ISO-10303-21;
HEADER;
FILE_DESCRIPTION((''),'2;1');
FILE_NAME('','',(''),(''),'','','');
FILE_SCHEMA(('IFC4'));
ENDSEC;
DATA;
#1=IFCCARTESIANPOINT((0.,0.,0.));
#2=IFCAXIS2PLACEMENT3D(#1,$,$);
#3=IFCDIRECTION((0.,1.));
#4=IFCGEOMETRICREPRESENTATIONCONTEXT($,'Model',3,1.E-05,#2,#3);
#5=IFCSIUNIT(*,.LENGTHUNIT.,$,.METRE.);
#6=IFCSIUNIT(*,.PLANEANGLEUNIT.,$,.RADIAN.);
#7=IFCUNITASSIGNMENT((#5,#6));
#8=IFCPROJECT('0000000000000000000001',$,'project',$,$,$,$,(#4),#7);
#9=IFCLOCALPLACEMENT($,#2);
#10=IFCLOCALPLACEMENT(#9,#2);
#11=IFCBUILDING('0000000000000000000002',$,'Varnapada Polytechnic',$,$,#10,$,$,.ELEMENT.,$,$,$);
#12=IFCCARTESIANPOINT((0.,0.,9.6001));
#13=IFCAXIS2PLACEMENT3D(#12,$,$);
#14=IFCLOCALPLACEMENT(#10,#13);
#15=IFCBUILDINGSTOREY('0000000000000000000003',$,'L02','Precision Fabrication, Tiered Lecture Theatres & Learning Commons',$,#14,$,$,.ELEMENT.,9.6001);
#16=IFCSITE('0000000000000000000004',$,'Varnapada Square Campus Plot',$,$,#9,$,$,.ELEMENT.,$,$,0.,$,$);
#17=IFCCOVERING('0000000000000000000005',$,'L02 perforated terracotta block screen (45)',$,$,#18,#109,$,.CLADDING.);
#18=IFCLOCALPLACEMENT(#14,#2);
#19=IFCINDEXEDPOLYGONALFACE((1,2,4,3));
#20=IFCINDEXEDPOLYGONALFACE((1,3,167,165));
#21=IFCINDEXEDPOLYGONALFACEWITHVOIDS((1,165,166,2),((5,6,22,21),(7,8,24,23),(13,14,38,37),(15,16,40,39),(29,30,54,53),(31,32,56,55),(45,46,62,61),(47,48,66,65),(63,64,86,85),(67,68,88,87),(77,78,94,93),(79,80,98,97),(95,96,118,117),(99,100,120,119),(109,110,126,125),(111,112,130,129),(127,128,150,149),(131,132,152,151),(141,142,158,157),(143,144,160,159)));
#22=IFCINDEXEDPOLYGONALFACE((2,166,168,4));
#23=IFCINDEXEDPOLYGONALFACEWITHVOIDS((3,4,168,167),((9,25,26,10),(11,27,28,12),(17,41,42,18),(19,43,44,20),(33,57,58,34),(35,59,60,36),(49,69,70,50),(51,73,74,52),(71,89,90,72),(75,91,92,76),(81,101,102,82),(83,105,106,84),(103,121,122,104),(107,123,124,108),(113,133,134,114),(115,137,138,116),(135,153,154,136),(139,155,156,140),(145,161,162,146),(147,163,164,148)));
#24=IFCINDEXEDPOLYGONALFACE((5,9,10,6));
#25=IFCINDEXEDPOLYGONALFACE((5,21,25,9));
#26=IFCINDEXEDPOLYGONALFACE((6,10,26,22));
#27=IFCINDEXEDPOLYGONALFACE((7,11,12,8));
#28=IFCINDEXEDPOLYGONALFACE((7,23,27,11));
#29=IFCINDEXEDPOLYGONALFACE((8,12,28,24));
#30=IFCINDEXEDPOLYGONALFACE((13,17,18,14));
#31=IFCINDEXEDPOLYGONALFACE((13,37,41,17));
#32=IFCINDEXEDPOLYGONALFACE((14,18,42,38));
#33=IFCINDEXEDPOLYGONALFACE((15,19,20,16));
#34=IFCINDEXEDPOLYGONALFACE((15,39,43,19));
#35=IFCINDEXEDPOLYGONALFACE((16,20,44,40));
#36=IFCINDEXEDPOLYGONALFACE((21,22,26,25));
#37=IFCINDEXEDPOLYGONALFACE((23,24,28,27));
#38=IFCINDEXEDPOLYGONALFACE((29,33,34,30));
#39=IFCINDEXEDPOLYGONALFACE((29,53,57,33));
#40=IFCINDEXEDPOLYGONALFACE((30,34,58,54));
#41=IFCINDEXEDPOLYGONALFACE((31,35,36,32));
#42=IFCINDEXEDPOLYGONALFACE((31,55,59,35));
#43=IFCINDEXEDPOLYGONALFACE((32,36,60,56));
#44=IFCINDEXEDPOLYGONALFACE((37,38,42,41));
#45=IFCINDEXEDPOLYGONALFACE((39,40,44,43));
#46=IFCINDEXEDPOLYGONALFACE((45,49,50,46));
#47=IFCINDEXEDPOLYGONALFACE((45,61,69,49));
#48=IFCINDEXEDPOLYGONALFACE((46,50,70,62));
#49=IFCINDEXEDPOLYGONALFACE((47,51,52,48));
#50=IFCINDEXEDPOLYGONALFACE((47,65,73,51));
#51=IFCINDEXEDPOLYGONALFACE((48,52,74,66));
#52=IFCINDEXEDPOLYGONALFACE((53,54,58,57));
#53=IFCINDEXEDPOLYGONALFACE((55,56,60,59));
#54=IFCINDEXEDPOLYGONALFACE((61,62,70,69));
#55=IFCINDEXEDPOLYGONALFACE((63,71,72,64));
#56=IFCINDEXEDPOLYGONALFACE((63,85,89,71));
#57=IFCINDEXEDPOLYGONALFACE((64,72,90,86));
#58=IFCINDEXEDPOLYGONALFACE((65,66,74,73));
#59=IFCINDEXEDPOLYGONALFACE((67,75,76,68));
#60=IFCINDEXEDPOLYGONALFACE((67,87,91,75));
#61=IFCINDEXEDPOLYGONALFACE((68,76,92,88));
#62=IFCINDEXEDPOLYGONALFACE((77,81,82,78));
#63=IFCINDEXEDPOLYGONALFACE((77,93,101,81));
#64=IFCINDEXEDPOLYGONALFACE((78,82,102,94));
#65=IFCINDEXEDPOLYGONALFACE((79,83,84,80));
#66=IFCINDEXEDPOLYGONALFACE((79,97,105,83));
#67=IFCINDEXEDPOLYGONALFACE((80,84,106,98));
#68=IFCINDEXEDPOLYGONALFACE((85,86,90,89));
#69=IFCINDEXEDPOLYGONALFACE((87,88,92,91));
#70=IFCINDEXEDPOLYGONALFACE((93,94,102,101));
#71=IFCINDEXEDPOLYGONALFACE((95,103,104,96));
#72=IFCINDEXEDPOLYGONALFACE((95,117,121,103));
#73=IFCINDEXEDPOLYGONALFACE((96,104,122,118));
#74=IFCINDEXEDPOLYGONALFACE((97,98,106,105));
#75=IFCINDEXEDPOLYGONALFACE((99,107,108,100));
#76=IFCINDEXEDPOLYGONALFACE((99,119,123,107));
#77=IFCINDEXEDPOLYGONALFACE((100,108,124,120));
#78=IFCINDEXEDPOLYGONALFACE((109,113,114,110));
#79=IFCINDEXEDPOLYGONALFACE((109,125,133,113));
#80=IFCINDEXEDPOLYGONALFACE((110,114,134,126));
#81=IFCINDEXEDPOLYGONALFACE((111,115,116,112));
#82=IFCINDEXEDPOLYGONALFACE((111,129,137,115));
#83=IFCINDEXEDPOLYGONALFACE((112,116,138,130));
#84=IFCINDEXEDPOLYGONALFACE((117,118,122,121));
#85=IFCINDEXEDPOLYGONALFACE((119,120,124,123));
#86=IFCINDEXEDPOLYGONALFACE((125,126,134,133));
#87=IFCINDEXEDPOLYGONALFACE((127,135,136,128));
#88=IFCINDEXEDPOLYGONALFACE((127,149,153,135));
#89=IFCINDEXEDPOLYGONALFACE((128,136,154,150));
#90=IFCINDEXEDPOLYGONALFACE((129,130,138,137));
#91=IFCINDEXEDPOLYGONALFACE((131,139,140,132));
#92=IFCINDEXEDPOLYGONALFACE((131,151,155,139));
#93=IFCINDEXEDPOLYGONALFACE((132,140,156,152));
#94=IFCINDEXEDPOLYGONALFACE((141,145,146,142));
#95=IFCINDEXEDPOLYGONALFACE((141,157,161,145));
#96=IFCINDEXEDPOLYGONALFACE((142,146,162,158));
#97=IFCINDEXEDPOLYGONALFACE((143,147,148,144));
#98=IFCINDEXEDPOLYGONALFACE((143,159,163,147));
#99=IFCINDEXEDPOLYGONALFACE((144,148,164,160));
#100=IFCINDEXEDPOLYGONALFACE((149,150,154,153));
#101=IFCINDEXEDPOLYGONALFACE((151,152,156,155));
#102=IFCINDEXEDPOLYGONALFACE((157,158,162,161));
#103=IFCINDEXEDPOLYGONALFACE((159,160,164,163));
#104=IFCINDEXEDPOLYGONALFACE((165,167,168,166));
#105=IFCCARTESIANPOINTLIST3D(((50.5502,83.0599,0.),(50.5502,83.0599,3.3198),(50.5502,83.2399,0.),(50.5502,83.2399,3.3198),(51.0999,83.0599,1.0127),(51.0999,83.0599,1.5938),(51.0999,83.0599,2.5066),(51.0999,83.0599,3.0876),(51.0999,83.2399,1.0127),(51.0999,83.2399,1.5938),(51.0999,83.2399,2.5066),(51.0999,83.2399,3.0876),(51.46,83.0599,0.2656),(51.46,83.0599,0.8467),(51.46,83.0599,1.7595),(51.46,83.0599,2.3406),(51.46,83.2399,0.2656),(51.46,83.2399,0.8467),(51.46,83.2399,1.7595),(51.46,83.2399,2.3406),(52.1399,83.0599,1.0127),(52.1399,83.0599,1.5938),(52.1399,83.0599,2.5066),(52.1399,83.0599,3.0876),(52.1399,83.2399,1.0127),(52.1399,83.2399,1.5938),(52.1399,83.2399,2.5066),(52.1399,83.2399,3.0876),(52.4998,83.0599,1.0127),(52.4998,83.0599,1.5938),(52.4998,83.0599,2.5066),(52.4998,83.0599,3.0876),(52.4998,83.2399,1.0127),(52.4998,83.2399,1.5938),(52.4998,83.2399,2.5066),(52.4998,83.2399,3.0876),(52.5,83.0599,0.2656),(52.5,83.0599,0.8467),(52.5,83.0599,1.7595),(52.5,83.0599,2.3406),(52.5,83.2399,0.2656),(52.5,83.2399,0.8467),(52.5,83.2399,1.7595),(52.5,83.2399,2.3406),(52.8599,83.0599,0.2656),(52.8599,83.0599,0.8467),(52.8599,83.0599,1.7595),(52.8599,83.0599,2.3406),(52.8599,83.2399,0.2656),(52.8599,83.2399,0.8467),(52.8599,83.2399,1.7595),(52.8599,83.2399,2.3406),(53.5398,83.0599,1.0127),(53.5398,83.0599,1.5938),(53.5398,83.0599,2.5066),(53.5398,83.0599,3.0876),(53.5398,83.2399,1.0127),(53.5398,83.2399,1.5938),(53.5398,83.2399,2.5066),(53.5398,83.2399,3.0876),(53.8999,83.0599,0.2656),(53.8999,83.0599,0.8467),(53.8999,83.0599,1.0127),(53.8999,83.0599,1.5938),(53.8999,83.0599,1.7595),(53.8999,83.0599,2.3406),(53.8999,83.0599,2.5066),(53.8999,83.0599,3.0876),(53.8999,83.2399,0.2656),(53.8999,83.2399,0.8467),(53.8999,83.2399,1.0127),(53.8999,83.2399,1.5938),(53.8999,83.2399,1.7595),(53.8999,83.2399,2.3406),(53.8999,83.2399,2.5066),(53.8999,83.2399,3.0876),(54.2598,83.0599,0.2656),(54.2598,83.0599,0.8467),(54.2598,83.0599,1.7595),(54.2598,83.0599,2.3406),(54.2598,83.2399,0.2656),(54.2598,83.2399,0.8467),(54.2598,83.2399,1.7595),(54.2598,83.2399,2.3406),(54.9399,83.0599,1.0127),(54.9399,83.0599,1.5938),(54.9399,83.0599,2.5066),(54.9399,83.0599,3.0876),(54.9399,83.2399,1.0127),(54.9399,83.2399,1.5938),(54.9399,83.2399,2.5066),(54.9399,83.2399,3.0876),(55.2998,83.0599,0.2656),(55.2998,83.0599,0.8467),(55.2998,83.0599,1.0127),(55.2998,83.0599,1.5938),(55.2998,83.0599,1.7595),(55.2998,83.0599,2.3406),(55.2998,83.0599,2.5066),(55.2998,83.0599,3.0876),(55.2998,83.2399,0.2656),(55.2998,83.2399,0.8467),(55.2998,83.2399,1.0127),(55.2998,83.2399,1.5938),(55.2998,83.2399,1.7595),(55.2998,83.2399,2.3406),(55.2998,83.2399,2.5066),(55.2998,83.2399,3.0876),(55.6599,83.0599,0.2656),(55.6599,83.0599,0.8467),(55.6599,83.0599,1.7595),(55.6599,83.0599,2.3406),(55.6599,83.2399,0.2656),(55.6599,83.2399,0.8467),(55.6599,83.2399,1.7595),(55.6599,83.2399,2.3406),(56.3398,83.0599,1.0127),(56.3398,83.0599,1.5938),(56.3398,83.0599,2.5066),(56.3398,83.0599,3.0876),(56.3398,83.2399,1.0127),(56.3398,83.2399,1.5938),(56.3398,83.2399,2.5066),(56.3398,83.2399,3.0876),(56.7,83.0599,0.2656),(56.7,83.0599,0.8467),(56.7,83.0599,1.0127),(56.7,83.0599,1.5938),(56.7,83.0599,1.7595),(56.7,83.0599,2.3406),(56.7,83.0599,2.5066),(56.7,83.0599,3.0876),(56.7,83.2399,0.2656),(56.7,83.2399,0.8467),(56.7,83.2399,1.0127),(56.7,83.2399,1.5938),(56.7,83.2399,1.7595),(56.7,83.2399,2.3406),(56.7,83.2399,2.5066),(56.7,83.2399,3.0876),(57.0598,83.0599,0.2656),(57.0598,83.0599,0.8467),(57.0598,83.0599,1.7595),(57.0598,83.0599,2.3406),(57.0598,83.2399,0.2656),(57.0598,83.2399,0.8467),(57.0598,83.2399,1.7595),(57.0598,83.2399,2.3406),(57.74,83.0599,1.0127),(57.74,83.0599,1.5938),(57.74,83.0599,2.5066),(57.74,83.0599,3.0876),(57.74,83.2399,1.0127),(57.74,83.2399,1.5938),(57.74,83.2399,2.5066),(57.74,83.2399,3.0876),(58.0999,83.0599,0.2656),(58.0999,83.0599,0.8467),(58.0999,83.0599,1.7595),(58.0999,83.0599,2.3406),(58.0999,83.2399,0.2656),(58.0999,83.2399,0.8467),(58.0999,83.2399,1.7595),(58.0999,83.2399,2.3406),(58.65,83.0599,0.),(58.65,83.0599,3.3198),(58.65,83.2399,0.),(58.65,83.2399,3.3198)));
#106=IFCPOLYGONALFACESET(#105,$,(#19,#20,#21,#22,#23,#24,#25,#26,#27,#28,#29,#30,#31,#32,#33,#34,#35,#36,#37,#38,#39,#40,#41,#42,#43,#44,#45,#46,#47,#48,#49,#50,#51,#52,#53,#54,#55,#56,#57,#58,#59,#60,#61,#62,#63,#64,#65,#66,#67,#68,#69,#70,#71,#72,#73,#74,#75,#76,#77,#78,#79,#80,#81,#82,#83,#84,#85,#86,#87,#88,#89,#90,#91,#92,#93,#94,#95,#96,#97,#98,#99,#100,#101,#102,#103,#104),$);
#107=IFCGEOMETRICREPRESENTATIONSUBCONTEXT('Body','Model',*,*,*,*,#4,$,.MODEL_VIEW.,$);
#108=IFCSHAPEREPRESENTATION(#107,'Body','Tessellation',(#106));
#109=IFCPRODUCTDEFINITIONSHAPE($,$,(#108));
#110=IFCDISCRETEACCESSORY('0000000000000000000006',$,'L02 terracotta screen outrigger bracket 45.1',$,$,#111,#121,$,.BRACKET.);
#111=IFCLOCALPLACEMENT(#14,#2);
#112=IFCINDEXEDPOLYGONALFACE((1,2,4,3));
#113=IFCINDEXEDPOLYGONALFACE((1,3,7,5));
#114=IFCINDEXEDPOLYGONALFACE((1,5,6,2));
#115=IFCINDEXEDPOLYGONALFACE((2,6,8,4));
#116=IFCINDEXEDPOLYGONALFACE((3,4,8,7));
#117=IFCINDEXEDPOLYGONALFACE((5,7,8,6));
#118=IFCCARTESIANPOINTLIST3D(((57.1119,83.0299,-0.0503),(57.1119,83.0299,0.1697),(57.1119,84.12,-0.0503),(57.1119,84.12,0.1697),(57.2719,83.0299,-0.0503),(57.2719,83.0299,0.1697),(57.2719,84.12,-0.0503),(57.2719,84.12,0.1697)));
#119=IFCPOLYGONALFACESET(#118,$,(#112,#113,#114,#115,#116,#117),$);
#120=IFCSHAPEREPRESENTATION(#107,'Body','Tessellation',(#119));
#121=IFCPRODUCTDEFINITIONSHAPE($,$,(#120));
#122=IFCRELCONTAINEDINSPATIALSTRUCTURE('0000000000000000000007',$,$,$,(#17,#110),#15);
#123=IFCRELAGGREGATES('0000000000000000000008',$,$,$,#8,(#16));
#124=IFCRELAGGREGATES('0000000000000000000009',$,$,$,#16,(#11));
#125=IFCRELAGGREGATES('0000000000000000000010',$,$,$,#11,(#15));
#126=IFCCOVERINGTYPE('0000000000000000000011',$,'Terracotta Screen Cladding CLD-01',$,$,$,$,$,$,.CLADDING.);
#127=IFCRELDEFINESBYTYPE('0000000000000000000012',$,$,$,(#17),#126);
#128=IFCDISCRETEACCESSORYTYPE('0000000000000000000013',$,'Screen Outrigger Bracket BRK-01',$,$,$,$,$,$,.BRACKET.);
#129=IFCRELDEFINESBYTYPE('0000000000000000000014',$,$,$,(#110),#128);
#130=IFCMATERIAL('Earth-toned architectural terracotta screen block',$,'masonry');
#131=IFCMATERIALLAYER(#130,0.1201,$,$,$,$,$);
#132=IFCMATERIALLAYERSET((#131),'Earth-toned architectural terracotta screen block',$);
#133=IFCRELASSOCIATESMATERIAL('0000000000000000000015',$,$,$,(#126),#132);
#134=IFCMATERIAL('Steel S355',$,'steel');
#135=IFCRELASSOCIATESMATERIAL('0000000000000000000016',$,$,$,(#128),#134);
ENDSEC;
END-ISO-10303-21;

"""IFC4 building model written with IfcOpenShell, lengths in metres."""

from ifc_helpers import new_model, si_unit, direction, frame, frame_2d, origin, origin_2d, place, context, subcontext, project, spatial, rectangle, extrude, material, layer, layer_set, type_object, element, save


model = new_model("IFC4")

# Units and contexts
model_context = context("Model", 3, precision=1e-05, world=origin(), true_north=direction((0.0, 1.0)))
body_context = subcontext(model_context, "Body", "Model", "MODEL_VIEW")
ifc_project = project(units=[si_unit("LENGTHUNIT", "METRE"), si_unit("PLANEANGLEUNIT", "RADIAN")], contexts=[model_context])

# Site, building, storey
site_placement = place(None, origin())
site = spatial("IfcSite", under=ifc_project, at=site_placement, Name="Varnapada Square Campus Plot", CompositionType="ELEMENT", RefElevation=0.0)
building_placement = place(site_placement, origin())
building = spatial("IfcBuilding", under=site, at=building_placement, Name="Varnapada Polytechnic", CompositionType="ELEMENT")
storey_placement = place(building_placement, frame((0.0, 0.0, 9.6001)))
storey = spatial("IfcBuildingStorey", under=building, at=storey_placement, Name="L02", Description="Precision Fabrication, Tiered Lecture Theatres & Learning Commons", CompositionType="ELEMENT", Elevation=9.6001)

# Covering, openings
ifc_material_1 = material(Name="Earth-toned architectural terracotta screen block", Category="masonry")
ifc_layer_1 = layer(ifc_material_1, 0.1201)
ifc_layer_set_1 = layer_set([ifc_layer_1], Name="Earth-toned architectural terracotta screen block")
covering_type = type_object("IfcCoveringType", Name="Terracotta Screen Cladding CLD-01", PredefinedType="CLADDING", material=ifc_layer_set_1)
covering_placement = place(storey_placement, frame((58.6499, 83.1499, 0.0), z_axis=(0.0, 0.0, 1.0), x_axis=(-1.0, 0.0, 0.0)))
covering = element("IfcCovering", 1, at=covering_placement, inside=storey, type_object=covering_type, Name="L02 perforated terracotta block screen (45)", PredefinedType="CLADDING", context=body_context, shape_type="SweptSolid", body=[
    extrude(rectangle(XDim=8.0999, YDim=0.1799, at=frame_2d((4.0498, 0.0))), origin(), (0.0, 0.0, 1.0), 3.3198),
])
opening_1_placement = place(covering_placement, frame((0.55, 0.0, 0.2656)))
element("IfcOpeningElement", 2, at=opening_1_placement, cuts=covering, PredefinedType="OPENING", context=body_context, shape_type="SweptSolid", body=[
    extrude(rectangle(XDim=1.04, YDim=0.5811, at=frame_2d((0.52, 0.2905))), frame((0.0, 0.0999, 0.0), z_axis=(0.0, -1.0, 0.0), x_axis=(1.0, 0.0, 0.0)), (0.0, 0.0, 1.0), 0.2),
])
opening_2_placement = place(covering_placement, frame((1.95, 0.0, 0.2656)))
element("IfcOpeningElement", 3, at=opening_2_placement, cuts=covering, PredefinedType="OPENING", context=body_context, shape_type="SweptSolid", body=[
    extrude(rectangle(XDim=1.04, YDim=0.5811, at=frame_2d((0.52, 0.2905))), frame((0.0, 0.0999, 0.0), z_axis=(0.0, -1.0, 0.0), x_axis=(1.0, 0.0, 0.0)), (0.0, 0.0, 1.0), 0.2),
])
opening_3_placement = place(covering_placement, frame((3.3501, 0.0, 0.2656)))
element("IfcOpeningElement", 4, at=opening_3_placement, cuts=covering, PredefinedType="OPENING", context=body_context, shape_type="SweptSolid", body=[
    extrude(rectangle(XDim=1.04, YDim=0.5811, at=frame_2d((0.52, 0.2905))), frame((0.0, 0.0999, 0.0), z_axis=(0.0, -1.0, 0.0), x_axis=(1.0, 0.0, 0.0)), (0.0, 0.0, 1.0), 0.2),
])
opening_4_placement = place(covering_placement, frame((4.75, 0.0, 0.2656)))
element("IfcOpeningElement", 5, at=opening_4_placement, cuts=covering, PredefinedType="OPENING", context=body_context, shape_type="SweptSolid", body=[
    extrude(rectangle(XDim=1.04, YDim=0.5811, at=frame_2d((0.52, 0.2905))), frame((0.0, 0.0999, 0.0), z_axis=(0.0, -1.0, 0.0), x_axis=(1.0, 0.0, 0.0)), (0.0, 0.0, 1.0), 0.2),
])
opening_5_placement = place(covering_placement, frame((6.1499, 0.0, 0.2656)))
element("IfcOpeningElement", 6, at=opening_5_placement, cuts=covering, PredefinedType="OPENING", context=body_context, shape_type="SweptSolid", body=[
    extrude(rectangle(XDim=1.04, YDim=0.5811, at=frame_2d((0.52, 0.2905))), frame((0.0, 0.0999, 0.0), z_axis=(0.0, -1.0, 0.0), x_axis=(1.0, 0.0, 0.0)), (0.0, 0.0, 1.0), 0.2),
])
opening_6_placement = place(covering_placement, frame((0.9099, 0.0, 1.0127)))
element("IfcOpeningElement", 7, at=opening_6_placement, cuts=covering, PredefinedType="OPENING", context=body_context, shape_type="SweptSolid", body=[
    extrude(rectangle(XDim=1.04, YDim=0.5811, at=frame_2d((0.52, 0.2905))), frame((0.0, 0.0999, 0.0), z_axis=(0.0, -1.0, 0.0), x_axis=(1.0, 0.0, 0.0)), (0.0, 0.0, 1.0), 0.2),
])
opening_7_placement = place(covering_placement, frame((2.3101, 0.0, 1.0127)))
element("IfcOpeningElement", 8, at=opening_7_placement, cuts=covering, PredefinedType="OPENING", context=body_context, shape_type="SweptSolid", body=[
    extrude(rectangle(XDim=1.04, YDim=0.5811, at=frame_2d((0.52, 0.2905))), frame((0.0, 0.0999, 0.0), z_axis=(0.0, -1.0, 0.0), x_axis=(1.0, 0.0, 0.0)), (0.0, 0.0, 1.0), 0.2),
])
opening_8_placement = place(covering_placement, frame((3.71, 0.0, 1.0127)))
element("IfcOpeningElement", 9, at=opening_8_placement, cuts=covering, PredefinedType="OPENING", context=body_context, shape_type="SweptSolid", body=[
    extrude(rectangle(XDim=1.04, YDim=0.5811, at=frame_2d((0.52, 0.2905))), frame((0.0, 0.0999, 0.0), z_axis=(0.0, -1.0, 0.0), x_axis=(1.0, 0.0, 0.0)), (0.0, 0.0, 1.0), 0.2),
])
opening_9_placement = place(covering_placement, frame((5.1101, 0.0, 1.0127)))
element("IfcOpeningElement", 10, at=opening_9_placement, cuts=covering, PredefinedType="OPENING", context=body_context, shape_type="SweptSolid", body=[
    extrude(rectangle(XDim=1.04, YDim=0.5811, at=frame_2d((0.52, 0.2905))), frame((0.0, 0.0999, 0.0), z_axis=(0.0, -1.0, 0.0), x_axis=(1.0, 0.0, 0.0)), (0.0, 0.0, 1.0), 0.2),
])
opening_10_placement = place(covering_placement, frame((6.51, 0.0, 1.0127)))
element("IfcOpeningElement", 11, at=opening_10_placement, cuts=covering, PredefinedType="OPENING", context=body_context, shape_type="SweptSolid", body=[
    extrude(rectangle(XDim=1.04, YDim=0.5811, at=frame_2d((0.52, 0.2905))), frame((0.0, 0.0999, 0.0), z_axis=(0.0, -1.0, 0.0), x_axis=(1.0, 0.0, 0.0)), (0.0, 0.0, 1.0), 0.2),
])
opening_11_placement = place(covering_placement, frame((0.55, 0.0, 1.7595)))
element("IfcOpeningElement", 12, at=opening_11_placement, cuts=covering, PredefinedType="OPENING", context=body_context, shape_type="SweptSolid", body=[
    extrude(rectangle(XDim=1.04, YDim=0.5811, at=frame_2d((0.52, 0.2905))), frame((0.0, 0.0999, 0.0), z_axis=(0.0, -1.0, 0.0), x_axis=(1.0, 0.0, 0.0)), (0.0, 0.0, 1.0), 0.2),
])
opening_12_placement = place(covering_placement, frame((1.95, 0.0, 1.7595)))
element("IfcOpeningElement", 13, at=opening_12_placement, cuts=covering, PredefinedType="OPENING", context=body_context, shape_type="SweptSolid", body=[
    extrude(rectangle(XDim=1.04, YDim=0.5811, at=frame_2d((0.52, 0.2905))), frame((0.0, 0.0999, 0.0), z_axis=(0.0, -1.0, 0.0), x_axis=(1.0, 0.0, 0.0)), (0.0, 0.0, 1.0), 0.2),
])
opening_13_placement = place(covering_placement, frame((3.3501, 0.0, 1.7595)))
element("IfcOpeningElement", 14, at=opening_13_placement, cuts=covering, PredefinedType="OPENING", context=body_context, shape_type="SweptSolid", body=[
    extrude(rectangle(XDim=1.04, YDim=0.5811, at=frame_2d((0.52, 0.2905))), frame((0.0, 0.0999, 0.0), z_axis=(0.0, -1.0, 0.0), x_axis=(1.0, 0.0, 0.0)), (0.0, 0.0, 1.0), 0.2),
])
opening_14_placement = place(covering_placement, frame((4.75, 0.0, 1.7595)))
element("IfcOpeningElement", 15, at=opening_14_placement, cuts=covering, PredefinedType="OPENING", context=body_context, shape_type="SweptSolid", body=[
    extrude(rectangle(XDim=1.04, YDim=0.5811, at=frame_2d((0.52, 0.2905))), frame((0.0, 0.0999, 0.0), z_axis=(0.0, -1.0, 0.0), x_axis=(1.0, 0.0, 0.0)), (0.0, 0.0, 1.0), 0.2),
])
opening_15_placement = place(covering_placement, frame((6.1499, 0.0, 1.7595)))
element("IfcOpeningElement", 16, at=opening_15_placement, cuts=covering, PredefinedType="OPENING", context=body_context, shape_type="SweptSolid", body=[
    extrude(rectangle(XDim=1.04, YDim=0.5811, at=frame_2d((0.52, 0.2905))), frame((0.0, 0.0999, 0.0), z_axis=(0.0, -1.0, 0.0), x_axis=(1.0, 0.0, 0.0)), (0.0, 0.0, 1.0), 0.2),
])
opening_16_placement = place(covering_placement, frame((0.9099, 0.0, 2.5066)))
element("IfcOpeningElement", 17, at=opening_16_placement, cuts=covering, PredefinedType="OPENING", context=body_context, shape_type="SweptSolid", body=[
    extrude(rectangle(XDim=1.04, YDim=0.5811, at=frame_2d((0.52, 0.2905))), frame((0.0, 0.0999, 0.0), z_axis=(0.0, -1.0, 0.0), x_axis=(1.0, 0.0, 0.0)), (0.0, 0.0, 1.0), 0.2),
])
opening_17_placement = place(covering_placement, frame((2.3101, 0.0, 2.5066)))
element("IfcOpeningElement", 18, at=opening_17_placement, cuts=covering, PredefinedType="OPENING", context=body_context, shape_type="SweptSolid", body=[
    extrude(rectangle(XDim=1.04, YDim=0.5811, at=frame_2d((0.52, 0.2905))), frame((0.0, 0.0999, 0.0), z_axis=(0.0, -1.0, 0.0), x_axis=(1.0, 0.0, 0.0)), (0.0, 0.0, 1.0), 0.2),
])
opening_18_placement = place(covering_placement, frame((3.71, 0.0, 2.5066)))
element("IfcOpeningElement", 19, at=opening_18_placement, cuts=covering, PredefinedType="OPENING", context=body_context, shape_type="SweptSolid", body=[
    extrude(rectangle(XDim=1.04, YDim=0.5811, at=frame_2d((0.52, 0.2905))), frame((0.0, 0.0999, 0.0), z_axis=(0.0, -1.0, 0.0), x_axis=(1.0, 0.0, 0.0)), (0.0, 0.0, 1.0), 0.2),
])
opening_19_placement = place(covering_placement, frame((5.1101, 0.0, 2.5066)))
element("IfcOpeningElement", 20, at=opening_19_placement, cuts=covering, PredefinedType="OPENING", context=body_context, shape_type="SweptSolid", body=[
    extrude(rectangle(XDim=1.04, YDim=0.5811, at=frame_2d((0.52, 0.2905))), frame((0.0, 0.0999, 0.0), z_axis=(0.0, -1.0, 0.0), x_axis=(1.0, 0.0, 0.0)), (0.0, 0.0, 1.0), 0.2),
])
opening_20_placement = place(covering_placement, frame((6.51, 0.0, 2.5066)))
element("IfcOpeningElement", 21, at=opening_20_placement, cuts=covering, PredefinedType="OPENING", context=body_context, shape_type="SweptSolid", body=[
    extrude(rectangle(XDim=1.04, YDim=0.5811, at=frame_2d((0.52, 0.2905))), frame((0.0, 0.0999, 0.0), z_axis=(0.0, -1.0, 0.0), x_axis=(1.0, 0.0, 0.0)), (0.0, 0.0, 1.0), 0.2),
])

# Discrete accessory
ifc_material_2 = material(Name="Steel S355", Category="steel")
discrete_accessory_type = type_object("IfcDiscreteAccessoryType", Name="Screen Outrigger Bracket BRK-01", PredefinedType="BRACKET", material=ifc_material_2)
discrete_accessory_placement = place(storey_placement, frame((57.1919, 83.575, -0.0503), z_axis=(0.0, 0.0, 1.0), x_axis=(-1.0, 0.0, 0.0)))
element("IfcDiscreteAccessory", 22, at=discrete_accessory_placement, inside=storey, type_object=discrete_accessory_type, Name="L02 terracotta screen outrigger bracket 45.1", PredefinedType="BRACKET", context=body_context, shape_type="SweptSolid", body=[
    extrude(rectangle(XDim=0.1599, YDim=1.0901, at=origin_2d()), origin(), (0.0, 0.0, 1.0), 0.22),
])

save(model, "model.ifc")
